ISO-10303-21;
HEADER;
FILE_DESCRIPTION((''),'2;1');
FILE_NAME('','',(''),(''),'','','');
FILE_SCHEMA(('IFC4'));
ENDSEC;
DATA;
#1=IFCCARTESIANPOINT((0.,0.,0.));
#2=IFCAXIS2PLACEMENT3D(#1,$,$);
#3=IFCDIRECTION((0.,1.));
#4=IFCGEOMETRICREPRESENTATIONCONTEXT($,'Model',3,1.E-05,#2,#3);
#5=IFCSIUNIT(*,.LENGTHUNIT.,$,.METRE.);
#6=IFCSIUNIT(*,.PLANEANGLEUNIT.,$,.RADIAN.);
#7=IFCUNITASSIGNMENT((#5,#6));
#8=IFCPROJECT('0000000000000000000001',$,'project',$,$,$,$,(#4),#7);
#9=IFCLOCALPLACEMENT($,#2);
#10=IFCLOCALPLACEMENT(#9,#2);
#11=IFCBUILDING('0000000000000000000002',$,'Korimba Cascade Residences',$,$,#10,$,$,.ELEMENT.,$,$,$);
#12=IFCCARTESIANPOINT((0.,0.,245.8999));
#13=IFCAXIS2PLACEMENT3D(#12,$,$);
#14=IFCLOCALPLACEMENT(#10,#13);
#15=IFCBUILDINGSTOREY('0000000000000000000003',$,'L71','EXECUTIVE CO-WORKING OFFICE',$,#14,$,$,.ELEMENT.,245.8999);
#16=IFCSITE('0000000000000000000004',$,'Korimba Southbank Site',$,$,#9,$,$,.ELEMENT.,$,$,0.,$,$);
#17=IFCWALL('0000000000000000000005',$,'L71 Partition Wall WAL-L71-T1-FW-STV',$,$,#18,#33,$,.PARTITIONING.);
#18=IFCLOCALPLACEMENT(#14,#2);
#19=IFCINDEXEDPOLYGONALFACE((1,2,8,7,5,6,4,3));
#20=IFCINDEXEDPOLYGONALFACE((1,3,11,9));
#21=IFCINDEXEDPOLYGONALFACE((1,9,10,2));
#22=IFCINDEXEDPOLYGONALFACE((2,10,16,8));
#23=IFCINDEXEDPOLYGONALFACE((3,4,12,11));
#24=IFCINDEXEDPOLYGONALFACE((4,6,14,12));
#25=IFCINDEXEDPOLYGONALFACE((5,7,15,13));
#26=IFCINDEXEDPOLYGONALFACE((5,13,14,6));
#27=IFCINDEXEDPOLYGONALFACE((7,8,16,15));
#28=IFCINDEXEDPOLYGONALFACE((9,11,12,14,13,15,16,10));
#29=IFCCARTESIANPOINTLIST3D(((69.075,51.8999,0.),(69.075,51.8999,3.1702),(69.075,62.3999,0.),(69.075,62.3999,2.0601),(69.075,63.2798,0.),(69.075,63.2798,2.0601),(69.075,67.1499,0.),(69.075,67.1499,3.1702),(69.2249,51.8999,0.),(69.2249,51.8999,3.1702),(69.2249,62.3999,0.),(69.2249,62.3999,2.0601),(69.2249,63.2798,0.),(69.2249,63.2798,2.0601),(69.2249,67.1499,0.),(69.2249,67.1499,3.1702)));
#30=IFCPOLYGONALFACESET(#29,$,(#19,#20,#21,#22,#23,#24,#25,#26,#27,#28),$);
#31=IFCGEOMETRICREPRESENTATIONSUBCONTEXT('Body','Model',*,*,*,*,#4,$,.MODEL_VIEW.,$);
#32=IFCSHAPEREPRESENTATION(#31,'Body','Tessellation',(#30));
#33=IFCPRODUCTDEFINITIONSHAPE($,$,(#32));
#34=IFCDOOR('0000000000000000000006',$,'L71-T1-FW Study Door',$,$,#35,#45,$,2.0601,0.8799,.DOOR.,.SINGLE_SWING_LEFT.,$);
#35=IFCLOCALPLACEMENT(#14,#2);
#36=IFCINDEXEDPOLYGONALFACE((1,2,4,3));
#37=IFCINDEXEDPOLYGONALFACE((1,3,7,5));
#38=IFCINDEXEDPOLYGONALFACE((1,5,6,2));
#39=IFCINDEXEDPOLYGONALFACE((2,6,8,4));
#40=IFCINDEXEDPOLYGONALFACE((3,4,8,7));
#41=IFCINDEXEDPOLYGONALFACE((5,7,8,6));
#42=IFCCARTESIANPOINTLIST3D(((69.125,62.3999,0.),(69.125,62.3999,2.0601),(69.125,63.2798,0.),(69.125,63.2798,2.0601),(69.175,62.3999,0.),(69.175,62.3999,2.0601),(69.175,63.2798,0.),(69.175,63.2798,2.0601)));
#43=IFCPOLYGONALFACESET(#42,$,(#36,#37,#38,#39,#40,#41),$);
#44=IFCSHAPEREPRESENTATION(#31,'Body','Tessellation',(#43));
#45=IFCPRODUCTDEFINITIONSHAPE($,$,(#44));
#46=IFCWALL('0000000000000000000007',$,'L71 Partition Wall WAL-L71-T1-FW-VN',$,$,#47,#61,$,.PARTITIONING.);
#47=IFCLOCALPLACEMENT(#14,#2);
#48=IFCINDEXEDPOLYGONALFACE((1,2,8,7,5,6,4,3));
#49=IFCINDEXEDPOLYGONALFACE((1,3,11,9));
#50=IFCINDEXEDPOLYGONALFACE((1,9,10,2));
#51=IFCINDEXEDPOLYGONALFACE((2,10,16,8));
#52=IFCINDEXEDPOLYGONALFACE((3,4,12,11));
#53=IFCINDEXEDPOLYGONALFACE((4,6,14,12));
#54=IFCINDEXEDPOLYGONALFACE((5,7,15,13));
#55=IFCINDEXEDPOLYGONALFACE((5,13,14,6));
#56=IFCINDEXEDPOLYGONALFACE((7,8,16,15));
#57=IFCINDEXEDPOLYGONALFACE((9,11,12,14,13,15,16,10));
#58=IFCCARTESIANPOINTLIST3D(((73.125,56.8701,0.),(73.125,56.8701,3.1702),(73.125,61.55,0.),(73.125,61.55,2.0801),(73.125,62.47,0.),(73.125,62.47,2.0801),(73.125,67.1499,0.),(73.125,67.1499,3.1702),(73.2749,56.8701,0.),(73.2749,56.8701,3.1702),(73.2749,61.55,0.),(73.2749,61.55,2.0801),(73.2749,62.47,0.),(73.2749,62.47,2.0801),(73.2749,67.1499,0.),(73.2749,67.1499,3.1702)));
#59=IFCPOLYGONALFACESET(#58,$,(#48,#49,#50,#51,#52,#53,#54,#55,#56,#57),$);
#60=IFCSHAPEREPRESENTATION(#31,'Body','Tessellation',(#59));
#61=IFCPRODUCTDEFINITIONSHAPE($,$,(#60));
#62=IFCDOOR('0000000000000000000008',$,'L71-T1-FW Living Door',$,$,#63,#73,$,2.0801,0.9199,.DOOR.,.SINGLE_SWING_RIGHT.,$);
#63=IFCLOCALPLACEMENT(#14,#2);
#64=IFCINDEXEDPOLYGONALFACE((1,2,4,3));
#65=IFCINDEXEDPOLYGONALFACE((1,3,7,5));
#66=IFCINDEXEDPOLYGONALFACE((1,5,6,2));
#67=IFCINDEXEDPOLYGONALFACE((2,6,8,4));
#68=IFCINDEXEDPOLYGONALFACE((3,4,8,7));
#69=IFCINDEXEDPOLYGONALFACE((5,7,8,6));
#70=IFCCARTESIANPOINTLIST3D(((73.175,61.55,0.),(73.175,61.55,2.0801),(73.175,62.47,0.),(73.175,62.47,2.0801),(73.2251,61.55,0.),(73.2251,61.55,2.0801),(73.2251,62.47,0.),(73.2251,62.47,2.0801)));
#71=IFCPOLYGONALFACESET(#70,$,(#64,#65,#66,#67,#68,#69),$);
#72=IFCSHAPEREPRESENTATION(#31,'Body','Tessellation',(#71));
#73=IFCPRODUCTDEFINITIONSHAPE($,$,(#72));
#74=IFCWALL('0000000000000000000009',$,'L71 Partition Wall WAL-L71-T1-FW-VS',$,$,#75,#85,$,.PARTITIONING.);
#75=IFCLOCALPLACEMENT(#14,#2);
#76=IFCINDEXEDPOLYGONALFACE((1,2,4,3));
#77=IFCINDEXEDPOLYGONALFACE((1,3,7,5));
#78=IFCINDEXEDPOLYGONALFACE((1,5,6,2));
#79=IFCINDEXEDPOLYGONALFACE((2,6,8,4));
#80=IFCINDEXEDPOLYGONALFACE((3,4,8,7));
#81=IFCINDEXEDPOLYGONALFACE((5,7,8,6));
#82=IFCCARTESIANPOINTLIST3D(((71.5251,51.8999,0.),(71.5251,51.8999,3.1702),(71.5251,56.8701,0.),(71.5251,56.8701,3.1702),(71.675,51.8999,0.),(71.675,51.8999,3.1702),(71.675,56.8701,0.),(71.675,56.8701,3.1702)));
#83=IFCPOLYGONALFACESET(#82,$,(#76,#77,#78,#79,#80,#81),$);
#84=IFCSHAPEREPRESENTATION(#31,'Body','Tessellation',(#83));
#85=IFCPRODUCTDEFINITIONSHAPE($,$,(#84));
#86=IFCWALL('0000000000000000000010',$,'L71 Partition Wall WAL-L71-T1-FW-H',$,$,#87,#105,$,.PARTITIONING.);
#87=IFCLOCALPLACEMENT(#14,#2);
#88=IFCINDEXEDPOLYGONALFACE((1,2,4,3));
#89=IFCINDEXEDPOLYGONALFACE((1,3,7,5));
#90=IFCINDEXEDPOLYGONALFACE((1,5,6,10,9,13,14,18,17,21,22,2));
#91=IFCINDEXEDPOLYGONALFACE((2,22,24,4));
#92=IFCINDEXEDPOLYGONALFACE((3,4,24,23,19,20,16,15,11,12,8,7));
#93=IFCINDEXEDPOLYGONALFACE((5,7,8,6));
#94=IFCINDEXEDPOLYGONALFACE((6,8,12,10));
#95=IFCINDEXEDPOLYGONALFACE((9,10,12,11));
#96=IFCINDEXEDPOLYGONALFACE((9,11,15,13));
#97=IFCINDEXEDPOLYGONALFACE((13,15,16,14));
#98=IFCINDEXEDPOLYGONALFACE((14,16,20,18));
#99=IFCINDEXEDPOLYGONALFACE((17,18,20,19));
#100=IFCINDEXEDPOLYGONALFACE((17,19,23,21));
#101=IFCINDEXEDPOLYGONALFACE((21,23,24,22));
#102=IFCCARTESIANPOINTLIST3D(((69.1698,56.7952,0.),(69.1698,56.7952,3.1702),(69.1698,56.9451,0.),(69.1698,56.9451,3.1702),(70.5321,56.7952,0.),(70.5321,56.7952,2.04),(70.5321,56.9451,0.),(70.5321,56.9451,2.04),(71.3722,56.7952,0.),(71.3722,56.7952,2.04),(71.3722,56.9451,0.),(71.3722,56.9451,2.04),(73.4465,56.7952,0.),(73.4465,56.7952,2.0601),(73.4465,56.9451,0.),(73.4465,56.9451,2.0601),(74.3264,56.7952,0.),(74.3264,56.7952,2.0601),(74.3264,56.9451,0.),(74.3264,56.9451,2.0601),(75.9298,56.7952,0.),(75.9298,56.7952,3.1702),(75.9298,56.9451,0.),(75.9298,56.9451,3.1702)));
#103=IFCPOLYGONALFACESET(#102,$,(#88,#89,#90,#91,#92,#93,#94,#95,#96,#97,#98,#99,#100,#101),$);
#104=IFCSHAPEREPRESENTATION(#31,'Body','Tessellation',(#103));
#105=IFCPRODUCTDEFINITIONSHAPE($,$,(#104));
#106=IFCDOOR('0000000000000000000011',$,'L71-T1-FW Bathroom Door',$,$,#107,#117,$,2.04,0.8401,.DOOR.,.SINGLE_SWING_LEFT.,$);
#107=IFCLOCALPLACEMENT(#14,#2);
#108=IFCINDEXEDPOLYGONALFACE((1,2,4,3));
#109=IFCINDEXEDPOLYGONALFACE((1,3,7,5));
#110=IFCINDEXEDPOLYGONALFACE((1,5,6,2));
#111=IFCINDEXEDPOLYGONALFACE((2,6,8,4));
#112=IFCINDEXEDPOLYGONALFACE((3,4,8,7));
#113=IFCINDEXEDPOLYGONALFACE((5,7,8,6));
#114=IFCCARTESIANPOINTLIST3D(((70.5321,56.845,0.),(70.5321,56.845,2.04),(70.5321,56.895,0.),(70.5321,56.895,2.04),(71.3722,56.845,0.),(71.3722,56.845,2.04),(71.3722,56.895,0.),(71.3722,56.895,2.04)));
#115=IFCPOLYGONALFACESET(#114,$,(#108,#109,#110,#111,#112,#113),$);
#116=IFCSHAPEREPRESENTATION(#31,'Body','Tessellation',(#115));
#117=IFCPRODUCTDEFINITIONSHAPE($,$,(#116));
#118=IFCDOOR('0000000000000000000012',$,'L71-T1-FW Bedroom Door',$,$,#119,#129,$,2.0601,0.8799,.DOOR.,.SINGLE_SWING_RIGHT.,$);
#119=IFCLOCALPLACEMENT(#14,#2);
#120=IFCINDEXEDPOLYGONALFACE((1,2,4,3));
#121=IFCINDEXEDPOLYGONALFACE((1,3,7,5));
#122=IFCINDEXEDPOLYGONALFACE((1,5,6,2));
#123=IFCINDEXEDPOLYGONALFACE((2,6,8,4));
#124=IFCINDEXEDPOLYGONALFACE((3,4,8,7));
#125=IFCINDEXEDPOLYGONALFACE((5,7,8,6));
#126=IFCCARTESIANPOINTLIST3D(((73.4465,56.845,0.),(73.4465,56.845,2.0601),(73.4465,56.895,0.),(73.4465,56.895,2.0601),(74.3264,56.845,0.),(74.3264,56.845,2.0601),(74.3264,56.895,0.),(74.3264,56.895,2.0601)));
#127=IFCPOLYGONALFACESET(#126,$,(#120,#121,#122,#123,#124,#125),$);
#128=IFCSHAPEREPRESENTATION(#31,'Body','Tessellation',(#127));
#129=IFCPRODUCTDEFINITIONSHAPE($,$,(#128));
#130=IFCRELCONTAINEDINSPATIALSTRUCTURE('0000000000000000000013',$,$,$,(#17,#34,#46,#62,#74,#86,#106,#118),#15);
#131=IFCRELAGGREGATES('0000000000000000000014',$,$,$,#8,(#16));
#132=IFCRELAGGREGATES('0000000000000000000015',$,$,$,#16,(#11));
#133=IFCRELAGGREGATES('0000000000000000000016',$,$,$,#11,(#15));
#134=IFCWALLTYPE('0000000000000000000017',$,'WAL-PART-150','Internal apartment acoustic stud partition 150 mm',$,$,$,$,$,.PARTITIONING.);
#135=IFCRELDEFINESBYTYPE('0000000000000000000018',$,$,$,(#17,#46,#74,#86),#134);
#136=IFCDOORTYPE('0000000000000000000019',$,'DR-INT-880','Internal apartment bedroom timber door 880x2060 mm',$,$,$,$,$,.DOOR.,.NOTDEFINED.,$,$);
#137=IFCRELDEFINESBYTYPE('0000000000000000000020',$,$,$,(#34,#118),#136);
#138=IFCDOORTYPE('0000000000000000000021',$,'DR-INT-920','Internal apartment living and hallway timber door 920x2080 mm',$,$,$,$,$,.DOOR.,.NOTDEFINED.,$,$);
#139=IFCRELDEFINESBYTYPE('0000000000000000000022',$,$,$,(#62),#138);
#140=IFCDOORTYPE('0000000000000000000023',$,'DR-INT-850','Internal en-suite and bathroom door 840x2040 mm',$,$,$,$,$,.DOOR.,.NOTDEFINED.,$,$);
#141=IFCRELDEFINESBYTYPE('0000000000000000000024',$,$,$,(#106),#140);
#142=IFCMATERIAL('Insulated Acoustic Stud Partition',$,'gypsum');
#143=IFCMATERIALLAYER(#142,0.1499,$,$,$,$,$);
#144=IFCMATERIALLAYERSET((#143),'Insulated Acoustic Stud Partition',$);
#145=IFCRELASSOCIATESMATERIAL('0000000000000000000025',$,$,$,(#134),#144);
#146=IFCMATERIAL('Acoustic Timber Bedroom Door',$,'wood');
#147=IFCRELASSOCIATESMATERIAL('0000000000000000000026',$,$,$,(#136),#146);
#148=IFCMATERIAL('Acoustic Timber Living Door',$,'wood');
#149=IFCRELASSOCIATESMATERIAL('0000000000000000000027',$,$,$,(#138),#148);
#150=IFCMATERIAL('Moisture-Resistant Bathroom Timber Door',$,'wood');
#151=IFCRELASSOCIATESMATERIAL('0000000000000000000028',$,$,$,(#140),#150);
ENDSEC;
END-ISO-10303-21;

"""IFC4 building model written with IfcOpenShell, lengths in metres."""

from ifc_helpers import new_model, si_unit, direction, frame, frame_2d, origin, place, context, subcontext, project, spatial, rectangle, extrude, material, layer, layer_set, type_object, element, fill, save


model = new_model("IFC4")

# Units and contexts
model_context = context("Model", 3, precision=1e-05, world=origin(), true_north=direction((0.0, 1.0)))
body_context = subcontext(model_context, "Body", "Model", "MODEL_VIEW")
ifc_project = project(units=[si_unit("LENGTHUNIT", "METRE"), si_unit("PLANEANGLEUNIT", "RADIAN")], contexts=[model_context])

# Site, building, storey
site_placement = place(None, origin())
site = spatial("IfcSite", under=ifc_project, at=site_placement, Name="Korimba Southbank Site", CompositionType="ELEMENT", RefElevation=0.0)
building_placement = place(site_placement, origin())
building = spatial("IfcBuilding", under=site, at=building_placement, Name="Korimba Cascade Residences", CompositionType="ELEMENT")
storey_placement = place(building_placement, frame((0.0, 0.0, 245.8999)))
storey = spatial("IfcBuildingStorey", under=building, at=storey_placement, Name="L71", Description="EXECUTIVE CO-WORKING OFFICE", CompositionType="ELEMENT", Elevation=245.8999)

# Walls, openings, doors
ifc_material_1 = material(Name="Insulated Acoustic Stud Partition", Category="gypsum")
ifc_layer_1 = layer(ifc_material_1, 0.1499)
ifc_layer_set_1 = layer_set([ifc_layer_1], Name="Insulated Acoustic Stud Partition")
wall_type_1 = type_object("IfcWallType", Name="WAL-PART-150", Description="Internal apartment acoustic stud partition 150 mm", PredefinedType="PARTITIONING", material=ifc_layer_set_1)
wall_1_placement = place(storey_placement, frame((69.1499, 51.8999, 0.0), z_axis=(0.0, 0.0, 1.0), x_axis=(0.0, 1.0, 0.0)))
wall_1 = element("IfcWall", 1, at=wall_1_placement, inside=storey, type_object=wall_type_1, Name="L71 Partition Wall WAL-L71-T1-FW-STV", PredefinedType="PARTITIONING", context=body_context, shape_type="SweptSolid", body=[
    extrude(rectangle(XDim=15.25, YDim=0.1499, at=frame_2d((7.625, 0.0))), origin(), (0.0, 0.0, 1.0), 3.1702),
])
opening_1_placement = place(wall_1_placement, frame((10.5, 0.0, 0.0)))
opening_1 = element("IfcOpeningElement", 2, at=opening_1_placement, cuts=wall_1, PredefinedType="OPENING", context=body_context, shape_type="SweptSolid", body=[
    extrude(rectangle(XDim=0.8799, YDim=2.0601, at=frame_2d((0.4399, 1.03))), frame((0.0, 0.085, 0.0), z_axis=(0.0, -1.0, 0.0), x_axis=(1.0, 0.0, 0.0)), (0.0, 0.0, 1.0), 0.1699),
])
ifc_material_2 = material(Name="Acoustic Timber Bedroom Door", Category="wood")
door_type_1 = type_object("IfcDoorType", Name="DR-INT-880", Description="Internal apartment bedroom timber door 880x2060 mm", OperationType="NOTDEFINED", PredefinedType="DOOR", material=ifc_material_2)
door_1_placement = place(opening_1_placement, origin())
door_1 = element("IfcDoor", 3, at=door_1_placement, inside=storey, type_object=door_type_1, Name="L71-T1-FW Study Door", OperationType="SINGLE_SWING_LEFT", OverallHeight=2.0601, OverallWidth=0.8799, PredefinedType="DOOR", context=body_context, shape_type="SweptSolid", body=[
    extrude(rectangle(XDim=0.8799, YDim=2.0601, at=frame_2d((0.4399, 1.03))), frame((0.0, 0.0249, 0.0), z_axis=(0.0, -1.0, 0.0), x_axis=(1.0, 0.0, 0.0)), (0.0, 0.0, 1.0), 0.05),
])
fill(opening_1, door_1)
wall_2_placement = place(storey_placement, frame((73.2, 56.8701, 0.0), z_axis=(0.0, 0.0, 1.0), x_axis=(0.0, 1.0, 0.0)))
wall_2 = element("IfcWall", 4, at=wall_2_placement, inside=storey, type_object=wall_type_1, Name="L71 Partition Wall WAL-L71-T1-FW-VN", PredefinedType="PARTITIONING", context=body_context, shape_type="SweptSolid", body=[
    extrude(rectangle(XDim=10.2798, YDim=0.1499, at=frame_2d((5.1399, 0.0))), origin(), (0.0, 0.0, 1.0), 3.1702),
])
opening_2_placement = place(wall_2_placement, frame((4.6799, 0.0, 0.0)))
opening_2 = element("IfcOpeningElement", 5, at=opening_2_placement, cuts=wall_2, PredefinedType="OPENING", context=body_context, shape_type="SweptSolid", body=[
    extrude(rectangle(XDim=0.9199, YDim=2.0801, at=frame_2d((0.46, 1.04))), frame((0.0, 0.085, 0.0), z_axis=(0.0, -1.0, 0.0), x_axis=(1.0, 0.0, 0.0)), (0.0, 0.0, 1.0), 0.1699),
])
ifc_material_3 = material(Name="Acoustic Timber Living Door", Category="wood")
door_type_2 = type_object("IfcDoorType", Name="DR-INT-920", Description="Internal apartment living and hallway timber door 920x2080 mm", OperationType="NOTDEFINED", PredefinedType="DOOR", material=ifc_material_3)
door_2_placement = place(opening_2_placement, origin())
door_2 = element("IfcDoor", 6, at=door_2_placement, inside=storey, type_object=door_type_2, Name="L71-T1-FW Living Door", OperationType="SINGLE_SWING_RIGHT", OverallHeight=2.0801, OverallWidth=0.9199, PredefinedType="DOOR", context=body_context, shape_type="SweptSolid", body=[
    extrude(rectangle(XDim=0.9199, YDim=2.0801, at=frame_2d((0.46, 1.04))), frame((0.0, 0.0249, 0.0), z_axis=(0.0, -1.0, 0.0), x_axis=(1.0, 0.0, 0.0)), (0.0, 0.0, 1.0), 0.05),
])
fill(opening_2, door_2)

# Wall
wall_3_placement = place(storey_placement, frame((71.6001, 51.8999, 0.0), z_axis=(0.0, 0.0, 1.0), x_axis=(0.0, 1.0, 0.0)))
element("IfcWall", 7, at=wall_3_placement, inside=storey, type_object=wall_type_1, Name="L71 Partition Wall WAL-L71-T1-FW-VS", PredefinedType="PARTITIONING", context=body_context, shape_type="SweptSolid", body=[
    extrude(rectangle(XDim=4.9702, YDim=0.1499, at=frame_2d((2.4851, 0.0))), origin(), (0.0, 0.0, 1.0), 3.1702),
])

# Wall, openings, doors
wall_4_placement = place(storey_placement, frame((69.1699, 56.8701, 0.0), z_axis=(0.0, 0.0, 1.0), x_axis=(1.0, 0.0, 0.0)))
wall_4 = element("IfcWall", 8, at=wall_4_placement, inside=storey, type_object=wall_type_1, Name="L71 Partition Wall WAL-L71-T1-FW-H", PredefinedType="PARTITIONING", context=body_context, shape_type="SweptSolid", body=[
    extrude(rectangle(XDim=6.76, YDim=0.1499, at=frame_2d((3.3799, 0.0))), origin(), (0.0, 0.0, 1.0), 3.1702),
])
opening_3_placement = place(wall_4_placement, frame((1.3623, 0.0, 0.0)))
opening_3 = element("IfcOpeningElement", 9, at=opening_3_placement, cuts=wall_4, PredefinedType="OPENING", context=body_context, shape_type="SweptSolid", body=[
    extrude(rectangle(XDim=0.8401, YDim=2.04, at=frame_2d((0.4199, 1.02))), frame((0.0, 0.085, 0.0), z_axis=(0.0, -1.0, 0.0), x_axis=(1.0, 0.0, 0.0)), (0.0, 0.0, 1.0), 0.1699),
])
opening_4_placement = place(wall_4_placement, frame((4.2766, 0.0, 0.0)))
opening_4 = element("IfcOpeningElement", 10, at=opening_4_placement, cuts=wall_4, PredefinedType="OPENING", context=body_context, shape_type="SweptSolid", body=[
    extrude(rectangle(XDim=0.8799, YDim=2.0601, at=frame_2d((0.4399, 1.03))), frame((0.0, 0.085, 0.0), z_axis=(0.0, -1.0, 0.0), x_axis=(1.0, 0.0, 0.0)), (0.0, 0.0, 1.0), 0.1699),
])
ifc_material_4 = material(Name="Moisture-Resistant Bathroom Timber Door", Category="wood")
door_type_3 = type_object("IfcDoorType", Name="DR-INT-850", Description="Internal en-suite and bathroom door 840x2040 mm", OperationType="NOTDEFINED", PredefinedType="DOOR", material=ifc_material_4)
door_3_placement = place(opening_3_placement, origin())
door_3 = element("IfcDoor", 11, at=door_3_placement, inside=storey, type_object=door_type_3, Name="L71-T1-FW Bathroom Door", OperationType="SINGLE_SWING_LEFT", OverallHeight=2.04, OverallWidth=0.8401, PredefinedType="DOOR", context=body_context, shape_type="SweptSolid", body=[
    extrude(rectangle(XDim=0.8401, YDim=2.04, at=frame_2d((0.4199, 1.02))), frame((0.0, 0.0249, 0.0), z_axis=(0.0, -1.0, 0.0), x_axis=(1.0, 0.0, 0.0)), (0.0, 0.0, 1.0), 0.05),
])
fill(opening_3, door_3)
door_4_placement = place(opening_4_placement, origin())
door_4 = element("IfcDoor", 12, at=door_4_placement, inside=storey, type_object=door_type_1, Name="L71-T1-FW Bedroom Door", OperationType="SINGLE_SWING_RIGHT", OverallHeight=2.0601, OverallWidth=0.8799, PredefinedType="DOOR", context=body_context, shape_type="SweptSolid", body=[
    extrude(rectangle(XDim=0.8799, YDim=2.0601, at=frame_2d((0.4399, 1.03))), frame((0.0, 0.0249, 0.0), z_axis=(0.0, -1.0, 0.0), x_axis=(1.0, 0.0, 0.0)), (0.0, 0.0, 1.0), 0.05),
])
fill(opening_4, door_4)

save(model, "model.ifc")
